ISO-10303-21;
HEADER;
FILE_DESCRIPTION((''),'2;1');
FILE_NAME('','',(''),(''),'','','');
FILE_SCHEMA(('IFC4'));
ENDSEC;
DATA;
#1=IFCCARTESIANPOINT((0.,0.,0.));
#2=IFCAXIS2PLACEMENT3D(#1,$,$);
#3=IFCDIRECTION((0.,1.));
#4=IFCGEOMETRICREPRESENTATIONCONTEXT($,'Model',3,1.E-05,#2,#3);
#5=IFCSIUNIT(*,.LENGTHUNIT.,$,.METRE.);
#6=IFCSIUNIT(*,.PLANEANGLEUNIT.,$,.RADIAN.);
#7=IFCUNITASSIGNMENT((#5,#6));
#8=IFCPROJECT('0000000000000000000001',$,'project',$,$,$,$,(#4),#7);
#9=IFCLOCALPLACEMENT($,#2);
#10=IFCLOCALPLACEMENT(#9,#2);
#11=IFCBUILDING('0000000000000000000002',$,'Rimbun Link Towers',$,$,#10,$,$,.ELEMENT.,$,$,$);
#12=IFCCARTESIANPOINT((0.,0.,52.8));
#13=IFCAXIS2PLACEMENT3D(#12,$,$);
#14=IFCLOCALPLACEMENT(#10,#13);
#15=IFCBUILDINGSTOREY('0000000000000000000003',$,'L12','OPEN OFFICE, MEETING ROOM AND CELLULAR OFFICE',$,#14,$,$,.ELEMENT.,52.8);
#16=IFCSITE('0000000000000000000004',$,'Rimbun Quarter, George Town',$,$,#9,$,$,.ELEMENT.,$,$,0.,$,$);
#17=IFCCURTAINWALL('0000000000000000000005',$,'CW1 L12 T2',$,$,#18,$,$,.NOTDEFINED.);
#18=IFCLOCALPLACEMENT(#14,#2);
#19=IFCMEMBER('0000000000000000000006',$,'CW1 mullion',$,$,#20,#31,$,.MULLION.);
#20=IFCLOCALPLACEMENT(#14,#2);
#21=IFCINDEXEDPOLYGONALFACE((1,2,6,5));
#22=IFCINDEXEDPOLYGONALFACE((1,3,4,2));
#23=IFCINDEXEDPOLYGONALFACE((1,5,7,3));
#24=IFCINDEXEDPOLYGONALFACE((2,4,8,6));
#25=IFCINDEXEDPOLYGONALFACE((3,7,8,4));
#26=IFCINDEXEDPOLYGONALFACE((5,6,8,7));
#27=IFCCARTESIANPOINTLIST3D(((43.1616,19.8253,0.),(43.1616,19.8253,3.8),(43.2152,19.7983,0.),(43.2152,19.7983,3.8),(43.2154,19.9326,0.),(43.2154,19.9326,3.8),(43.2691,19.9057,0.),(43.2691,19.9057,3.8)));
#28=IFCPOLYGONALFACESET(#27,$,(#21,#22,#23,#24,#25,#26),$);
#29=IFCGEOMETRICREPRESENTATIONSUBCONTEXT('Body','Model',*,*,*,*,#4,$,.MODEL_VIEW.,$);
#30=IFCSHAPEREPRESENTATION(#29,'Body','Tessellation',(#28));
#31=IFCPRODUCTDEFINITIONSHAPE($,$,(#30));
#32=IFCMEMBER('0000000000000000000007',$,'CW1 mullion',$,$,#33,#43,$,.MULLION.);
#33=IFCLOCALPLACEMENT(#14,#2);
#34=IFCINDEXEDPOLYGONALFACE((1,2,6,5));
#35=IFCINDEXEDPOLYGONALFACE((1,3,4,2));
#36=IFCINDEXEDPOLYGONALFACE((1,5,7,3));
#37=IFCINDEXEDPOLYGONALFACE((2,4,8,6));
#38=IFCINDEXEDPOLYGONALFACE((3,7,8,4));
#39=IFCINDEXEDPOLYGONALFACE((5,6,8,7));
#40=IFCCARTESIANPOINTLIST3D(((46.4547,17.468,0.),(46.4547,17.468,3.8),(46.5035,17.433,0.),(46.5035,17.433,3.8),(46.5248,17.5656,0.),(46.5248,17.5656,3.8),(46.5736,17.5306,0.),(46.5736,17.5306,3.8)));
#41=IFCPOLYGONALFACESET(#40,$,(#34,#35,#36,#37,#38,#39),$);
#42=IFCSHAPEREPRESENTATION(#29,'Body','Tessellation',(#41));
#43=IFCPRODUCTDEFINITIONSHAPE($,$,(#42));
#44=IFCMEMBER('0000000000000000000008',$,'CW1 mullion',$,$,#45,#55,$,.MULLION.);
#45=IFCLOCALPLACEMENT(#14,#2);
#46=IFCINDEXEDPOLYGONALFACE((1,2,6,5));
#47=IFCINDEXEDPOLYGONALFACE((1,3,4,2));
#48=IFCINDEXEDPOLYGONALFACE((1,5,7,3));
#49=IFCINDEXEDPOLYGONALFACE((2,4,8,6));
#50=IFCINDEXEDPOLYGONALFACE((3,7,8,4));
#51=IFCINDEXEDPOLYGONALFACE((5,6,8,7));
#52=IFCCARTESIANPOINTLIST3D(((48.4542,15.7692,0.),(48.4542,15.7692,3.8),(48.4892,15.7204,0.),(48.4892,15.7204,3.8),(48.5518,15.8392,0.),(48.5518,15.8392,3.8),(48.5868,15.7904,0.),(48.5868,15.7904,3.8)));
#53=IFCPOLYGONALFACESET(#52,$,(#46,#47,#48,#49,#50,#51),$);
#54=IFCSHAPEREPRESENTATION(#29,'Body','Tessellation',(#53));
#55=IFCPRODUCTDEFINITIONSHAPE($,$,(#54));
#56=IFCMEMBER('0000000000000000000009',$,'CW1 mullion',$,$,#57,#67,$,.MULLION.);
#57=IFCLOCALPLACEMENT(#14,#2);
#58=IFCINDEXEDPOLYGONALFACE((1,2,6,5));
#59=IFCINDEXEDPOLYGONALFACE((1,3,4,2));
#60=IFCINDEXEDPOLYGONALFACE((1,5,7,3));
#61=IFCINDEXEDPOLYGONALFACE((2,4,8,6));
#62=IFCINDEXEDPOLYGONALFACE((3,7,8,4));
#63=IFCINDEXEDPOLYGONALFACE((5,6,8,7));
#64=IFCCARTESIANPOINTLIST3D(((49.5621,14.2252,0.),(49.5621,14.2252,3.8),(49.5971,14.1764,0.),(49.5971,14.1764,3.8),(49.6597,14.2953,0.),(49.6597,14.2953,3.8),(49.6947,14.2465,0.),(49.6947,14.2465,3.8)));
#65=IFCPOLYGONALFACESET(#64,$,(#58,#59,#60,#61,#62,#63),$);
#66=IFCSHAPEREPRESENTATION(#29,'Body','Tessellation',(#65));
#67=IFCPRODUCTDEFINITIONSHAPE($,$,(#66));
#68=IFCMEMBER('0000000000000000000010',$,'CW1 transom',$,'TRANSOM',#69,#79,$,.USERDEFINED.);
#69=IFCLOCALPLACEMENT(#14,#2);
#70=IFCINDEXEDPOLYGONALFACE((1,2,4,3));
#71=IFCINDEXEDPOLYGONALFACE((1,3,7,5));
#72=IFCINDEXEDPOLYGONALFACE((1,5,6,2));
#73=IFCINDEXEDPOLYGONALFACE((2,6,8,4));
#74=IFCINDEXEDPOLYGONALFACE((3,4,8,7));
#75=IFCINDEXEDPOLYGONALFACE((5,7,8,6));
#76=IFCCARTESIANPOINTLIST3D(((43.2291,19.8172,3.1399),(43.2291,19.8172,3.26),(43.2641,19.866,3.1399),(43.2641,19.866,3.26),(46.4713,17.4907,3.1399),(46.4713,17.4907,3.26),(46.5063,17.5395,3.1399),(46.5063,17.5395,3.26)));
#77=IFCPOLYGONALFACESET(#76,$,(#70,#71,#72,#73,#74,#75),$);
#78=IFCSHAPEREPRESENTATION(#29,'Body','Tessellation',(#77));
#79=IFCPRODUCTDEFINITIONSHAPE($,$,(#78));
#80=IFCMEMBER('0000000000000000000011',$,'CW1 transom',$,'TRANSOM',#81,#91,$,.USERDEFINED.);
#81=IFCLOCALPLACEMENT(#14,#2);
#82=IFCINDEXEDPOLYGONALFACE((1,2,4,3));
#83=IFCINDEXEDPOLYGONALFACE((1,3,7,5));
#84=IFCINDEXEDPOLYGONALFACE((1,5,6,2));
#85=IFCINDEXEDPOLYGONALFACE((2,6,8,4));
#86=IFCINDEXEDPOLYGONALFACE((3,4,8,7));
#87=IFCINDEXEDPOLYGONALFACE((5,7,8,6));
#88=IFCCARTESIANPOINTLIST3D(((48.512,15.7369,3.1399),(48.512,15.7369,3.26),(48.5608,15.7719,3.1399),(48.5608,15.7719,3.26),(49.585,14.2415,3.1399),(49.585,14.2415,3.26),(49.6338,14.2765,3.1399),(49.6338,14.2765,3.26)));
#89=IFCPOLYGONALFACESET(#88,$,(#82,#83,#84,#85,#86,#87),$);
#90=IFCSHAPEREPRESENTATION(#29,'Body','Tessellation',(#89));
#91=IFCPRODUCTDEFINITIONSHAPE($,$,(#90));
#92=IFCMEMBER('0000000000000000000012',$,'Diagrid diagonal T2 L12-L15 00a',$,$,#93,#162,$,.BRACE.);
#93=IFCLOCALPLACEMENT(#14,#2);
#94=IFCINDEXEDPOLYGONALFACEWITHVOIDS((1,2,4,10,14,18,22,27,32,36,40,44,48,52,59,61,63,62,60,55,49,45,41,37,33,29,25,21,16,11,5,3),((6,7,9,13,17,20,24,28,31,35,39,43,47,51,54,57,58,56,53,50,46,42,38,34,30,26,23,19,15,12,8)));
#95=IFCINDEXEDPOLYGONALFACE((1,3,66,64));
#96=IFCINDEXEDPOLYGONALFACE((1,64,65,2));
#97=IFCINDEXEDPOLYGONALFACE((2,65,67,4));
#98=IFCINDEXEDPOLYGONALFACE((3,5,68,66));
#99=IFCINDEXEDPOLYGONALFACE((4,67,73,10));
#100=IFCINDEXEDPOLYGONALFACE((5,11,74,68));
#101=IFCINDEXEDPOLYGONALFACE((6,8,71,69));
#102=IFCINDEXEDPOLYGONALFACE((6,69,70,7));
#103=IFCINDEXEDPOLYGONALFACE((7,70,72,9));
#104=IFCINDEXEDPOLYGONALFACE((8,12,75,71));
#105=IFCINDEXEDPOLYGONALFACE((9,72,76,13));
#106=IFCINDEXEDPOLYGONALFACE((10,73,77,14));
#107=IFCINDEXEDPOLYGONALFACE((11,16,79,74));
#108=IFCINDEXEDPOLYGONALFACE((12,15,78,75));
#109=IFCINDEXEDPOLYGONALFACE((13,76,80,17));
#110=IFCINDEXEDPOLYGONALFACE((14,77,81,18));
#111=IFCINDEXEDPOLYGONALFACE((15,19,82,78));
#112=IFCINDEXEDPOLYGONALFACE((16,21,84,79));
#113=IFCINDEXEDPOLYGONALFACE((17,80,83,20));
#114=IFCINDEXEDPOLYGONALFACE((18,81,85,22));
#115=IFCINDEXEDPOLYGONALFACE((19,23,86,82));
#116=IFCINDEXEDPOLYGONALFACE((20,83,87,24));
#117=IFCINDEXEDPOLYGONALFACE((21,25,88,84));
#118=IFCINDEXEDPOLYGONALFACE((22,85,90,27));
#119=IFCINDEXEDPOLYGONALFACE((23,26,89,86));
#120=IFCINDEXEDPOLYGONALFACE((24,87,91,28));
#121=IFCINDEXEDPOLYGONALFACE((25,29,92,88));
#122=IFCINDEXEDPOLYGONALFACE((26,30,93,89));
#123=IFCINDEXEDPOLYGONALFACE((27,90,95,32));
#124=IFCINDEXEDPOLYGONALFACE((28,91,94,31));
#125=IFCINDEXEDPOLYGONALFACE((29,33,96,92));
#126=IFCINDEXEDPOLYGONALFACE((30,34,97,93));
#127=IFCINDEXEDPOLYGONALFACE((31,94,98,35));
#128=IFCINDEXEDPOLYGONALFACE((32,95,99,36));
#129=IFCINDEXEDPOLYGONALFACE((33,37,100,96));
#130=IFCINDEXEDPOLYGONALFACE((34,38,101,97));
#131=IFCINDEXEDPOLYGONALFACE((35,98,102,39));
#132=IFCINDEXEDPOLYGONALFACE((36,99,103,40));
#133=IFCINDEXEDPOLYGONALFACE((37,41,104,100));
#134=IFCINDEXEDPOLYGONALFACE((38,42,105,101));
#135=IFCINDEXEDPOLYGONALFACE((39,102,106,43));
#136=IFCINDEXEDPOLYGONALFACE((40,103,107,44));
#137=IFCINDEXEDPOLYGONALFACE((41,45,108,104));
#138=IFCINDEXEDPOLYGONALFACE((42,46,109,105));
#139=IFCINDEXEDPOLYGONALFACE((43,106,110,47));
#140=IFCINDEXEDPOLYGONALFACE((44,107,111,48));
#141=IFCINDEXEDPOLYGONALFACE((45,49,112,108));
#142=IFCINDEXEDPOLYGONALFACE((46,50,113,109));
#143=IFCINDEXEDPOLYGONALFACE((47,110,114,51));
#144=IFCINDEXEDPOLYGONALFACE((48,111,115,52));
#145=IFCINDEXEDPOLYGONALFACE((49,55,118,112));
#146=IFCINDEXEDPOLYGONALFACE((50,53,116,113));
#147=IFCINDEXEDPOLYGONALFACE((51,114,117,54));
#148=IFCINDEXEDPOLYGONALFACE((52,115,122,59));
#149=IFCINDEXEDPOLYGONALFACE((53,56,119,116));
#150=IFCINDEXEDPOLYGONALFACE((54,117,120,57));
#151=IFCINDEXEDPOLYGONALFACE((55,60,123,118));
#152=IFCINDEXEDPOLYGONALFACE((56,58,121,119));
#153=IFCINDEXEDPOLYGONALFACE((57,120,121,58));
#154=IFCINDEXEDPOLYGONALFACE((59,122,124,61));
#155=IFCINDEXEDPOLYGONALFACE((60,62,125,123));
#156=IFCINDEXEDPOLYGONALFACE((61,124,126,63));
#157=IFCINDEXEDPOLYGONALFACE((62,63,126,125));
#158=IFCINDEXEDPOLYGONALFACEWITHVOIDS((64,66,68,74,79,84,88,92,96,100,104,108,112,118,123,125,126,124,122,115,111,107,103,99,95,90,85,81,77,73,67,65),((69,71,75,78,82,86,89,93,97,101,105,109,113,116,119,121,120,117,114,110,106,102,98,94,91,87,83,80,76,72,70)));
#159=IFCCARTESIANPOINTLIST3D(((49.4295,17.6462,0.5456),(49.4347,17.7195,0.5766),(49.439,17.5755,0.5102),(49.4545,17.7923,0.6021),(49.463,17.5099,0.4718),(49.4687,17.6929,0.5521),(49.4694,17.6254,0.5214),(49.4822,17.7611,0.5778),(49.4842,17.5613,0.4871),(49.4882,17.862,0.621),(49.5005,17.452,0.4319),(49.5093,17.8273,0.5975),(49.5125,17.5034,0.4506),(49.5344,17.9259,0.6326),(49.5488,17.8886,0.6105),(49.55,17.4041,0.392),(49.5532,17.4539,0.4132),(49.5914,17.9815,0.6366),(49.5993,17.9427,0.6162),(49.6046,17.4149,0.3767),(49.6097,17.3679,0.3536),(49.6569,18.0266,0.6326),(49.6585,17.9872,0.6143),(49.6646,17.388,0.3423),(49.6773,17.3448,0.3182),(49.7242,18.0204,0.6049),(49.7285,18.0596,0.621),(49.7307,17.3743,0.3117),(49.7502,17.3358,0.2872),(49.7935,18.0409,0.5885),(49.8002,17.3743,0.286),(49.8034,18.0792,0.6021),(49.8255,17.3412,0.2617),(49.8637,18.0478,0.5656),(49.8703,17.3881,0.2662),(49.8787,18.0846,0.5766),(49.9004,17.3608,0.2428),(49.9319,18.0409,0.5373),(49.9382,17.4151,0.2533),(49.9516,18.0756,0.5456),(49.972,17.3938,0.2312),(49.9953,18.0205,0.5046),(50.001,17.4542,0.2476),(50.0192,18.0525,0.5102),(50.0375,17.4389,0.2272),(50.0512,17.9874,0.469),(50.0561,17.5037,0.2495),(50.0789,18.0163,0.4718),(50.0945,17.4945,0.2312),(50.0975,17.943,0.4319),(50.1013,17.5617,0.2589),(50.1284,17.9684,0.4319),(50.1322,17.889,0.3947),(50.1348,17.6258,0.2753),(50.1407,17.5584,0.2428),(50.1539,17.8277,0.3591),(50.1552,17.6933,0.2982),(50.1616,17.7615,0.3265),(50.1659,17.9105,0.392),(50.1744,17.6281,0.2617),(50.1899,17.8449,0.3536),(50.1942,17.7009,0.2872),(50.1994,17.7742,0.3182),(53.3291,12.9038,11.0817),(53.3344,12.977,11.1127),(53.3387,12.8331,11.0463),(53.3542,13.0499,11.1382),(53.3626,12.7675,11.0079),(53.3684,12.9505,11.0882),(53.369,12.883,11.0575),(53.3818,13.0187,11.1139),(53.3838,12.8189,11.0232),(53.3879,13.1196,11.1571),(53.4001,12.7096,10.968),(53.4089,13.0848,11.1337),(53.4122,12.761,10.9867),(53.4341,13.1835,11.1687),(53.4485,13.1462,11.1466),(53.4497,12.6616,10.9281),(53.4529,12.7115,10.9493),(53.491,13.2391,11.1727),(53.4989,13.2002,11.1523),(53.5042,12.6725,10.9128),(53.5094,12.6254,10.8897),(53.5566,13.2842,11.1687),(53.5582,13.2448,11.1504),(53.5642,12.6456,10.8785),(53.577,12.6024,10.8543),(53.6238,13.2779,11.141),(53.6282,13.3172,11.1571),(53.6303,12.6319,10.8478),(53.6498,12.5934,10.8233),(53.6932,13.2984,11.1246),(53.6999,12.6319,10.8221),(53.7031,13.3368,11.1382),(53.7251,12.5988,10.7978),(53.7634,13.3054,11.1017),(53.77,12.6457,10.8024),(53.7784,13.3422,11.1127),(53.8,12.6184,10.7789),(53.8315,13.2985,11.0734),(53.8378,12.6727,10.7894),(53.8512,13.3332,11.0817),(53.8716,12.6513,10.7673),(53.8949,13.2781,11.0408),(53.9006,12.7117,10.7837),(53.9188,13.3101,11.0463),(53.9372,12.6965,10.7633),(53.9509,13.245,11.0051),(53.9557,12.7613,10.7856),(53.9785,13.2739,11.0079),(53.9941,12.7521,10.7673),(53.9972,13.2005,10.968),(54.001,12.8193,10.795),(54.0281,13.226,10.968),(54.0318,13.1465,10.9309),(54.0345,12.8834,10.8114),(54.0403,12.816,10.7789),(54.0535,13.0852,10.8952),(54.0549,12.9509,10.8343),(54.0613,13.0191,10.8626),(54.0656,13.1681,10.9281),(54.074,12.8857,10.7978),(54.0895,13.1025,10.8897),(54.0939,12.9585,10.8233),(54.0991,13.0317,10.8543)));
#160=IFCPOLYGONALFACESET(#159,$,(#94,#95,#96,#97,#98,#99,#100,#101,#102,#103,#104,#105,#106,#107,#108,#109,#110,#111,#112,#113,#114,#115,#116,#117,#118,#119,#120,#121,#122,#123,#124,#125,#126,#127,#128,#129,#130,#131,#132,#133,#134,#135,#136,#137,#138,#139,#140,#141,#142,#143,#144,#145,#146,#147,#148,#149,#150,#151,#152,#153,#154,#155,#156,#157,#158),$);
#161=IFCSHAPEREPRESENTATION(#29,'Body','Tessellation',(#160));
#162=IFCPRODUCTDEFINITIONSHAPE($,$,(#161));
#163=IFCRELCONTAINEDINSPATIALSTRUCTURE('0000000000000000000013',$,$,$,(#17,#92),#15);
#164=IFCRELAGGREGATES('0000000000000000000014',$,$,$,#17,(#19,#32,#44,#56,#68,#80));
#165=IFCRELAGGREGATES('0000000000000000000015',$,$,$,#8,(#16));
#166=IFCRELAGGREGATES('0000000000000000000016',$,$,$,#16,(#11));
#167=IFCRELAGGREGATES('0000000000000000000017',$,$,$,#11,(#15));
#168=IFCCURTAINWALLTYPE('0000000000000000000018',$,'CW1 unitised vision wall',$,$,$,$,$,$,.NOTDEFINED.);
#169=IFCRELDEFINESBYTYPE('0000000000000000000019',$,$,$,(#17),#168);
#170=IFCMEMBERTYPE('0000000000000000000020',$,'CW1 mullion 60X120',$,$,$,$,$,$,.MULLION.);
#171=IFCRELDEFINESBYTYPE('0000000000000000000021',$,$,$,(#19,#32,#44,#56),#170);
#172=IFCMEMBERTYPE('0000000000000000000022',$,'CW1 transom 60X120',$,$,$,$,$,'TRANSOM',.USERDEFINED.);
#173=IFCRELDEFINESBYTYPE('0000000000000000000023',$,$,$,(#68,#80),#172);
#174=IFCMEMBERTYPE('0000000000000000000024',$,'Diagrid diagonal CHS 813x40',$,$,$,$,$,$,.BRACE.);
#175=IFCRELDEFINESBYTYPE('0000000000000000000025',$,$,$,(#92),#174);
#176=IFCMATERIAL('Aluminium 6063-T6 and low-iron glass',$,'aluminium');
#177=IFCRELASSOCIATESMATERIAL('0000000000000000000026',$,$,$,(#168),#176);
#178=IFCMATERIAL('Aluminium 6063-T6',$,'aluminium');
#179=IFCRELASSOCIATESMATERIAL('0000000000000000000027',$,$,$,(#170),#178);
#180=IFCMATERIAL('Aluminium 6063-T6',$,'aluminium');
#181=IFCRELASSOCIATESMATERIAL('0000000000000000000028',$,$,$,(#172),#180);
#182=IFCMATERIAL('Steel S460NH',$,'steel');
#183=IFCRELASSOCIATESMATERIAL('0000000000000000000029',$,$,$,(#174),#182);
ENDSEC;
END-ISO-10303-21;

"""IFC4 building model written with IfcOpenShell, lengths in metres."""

from ifc_helpers import new_model, si_unit, direction, frame, origin, origin_2d, place, context, subcontext, project, spatial, rectangle, hollow_circle, extrude, material, material_profile, profile_set, type_object, element, aggregate, save


model = new_model("IFC4")

# Units and contexts
model_context = context("Model", 3, precision=1e-05, world=origin(), true_north=direction((0.0, 1.0)))
body_context = subcontext(model_context, "Body", "Model", "MODEL_VIEW")
ifc_project = project(units=[si_unit("LENGTHUNIT", "METRE"), si_unit("PLANEANGLEUNIT", "RADIAN")], contexts=[model_context])

# Site, building, storey
site_placement = place(None, origin())
site = spatial("IfcSite", under=ifc_project, at=site_placement, Name="Rimbun Quarter, George Town", CompositionType="ELEMENT", RefElevation=0.0)
building_placement = place(site_placement, origin())
building = spatial("IfcBuilding", under=site, at=building_placement, Name="Rimbun Link Towers", CompositionType="ELEMENT")
storey_placement = place(building_placement, frame((0.0, 0.0, 52.8)))
storey = spatial("IfcBuildingStorey", under=building, at=storey_placement, Name="L12", Description="OPEN OFFICE, MEETING ROOM AND CELLULAR OFFICE", CompositionType="ELEMENT", Elevation=52.8)

# Curtain wall, members
ifc_material_1 = material(Name="Aluminium 6063-T6 and low-iron glass", Category="aluminium")
curtain_wall_type = type_object("IfcCurtainWallType", Name="CW1 unitised vision wall", PredefinedType="NOTDEFINED", material=ifc_material_1)
curtain_wall_placement = place(storey_placement, origin())
curtain_wall = element("IfcCurtainWall", 1, at=curtain_wall_placement, inside=storey, type_object=curtain_wall_type, Name="CW1 L12 T2", PredefinedType="NOTDEFINED")
ifc_material_2 = material(Name="Aluminium 6063-T6", Category="aluminium")
ifc_material_profile_1 = material_profile(ifc_material_2, rectangle(XDim=0.1201, YDim=0.0601, at=origin_2d()), Name="MULLION 60X120")
ifc_profile_set_1 = profile_set([ifc_material_profile_1], Name="Aluminium 6063-T6")
member_type_1 = type_object("IfcMemberType", Name="CW1 mullion 60X120", PredefinedType="MULLION", material=ifc_profile_set_1)
member_1_placement = place(storey_placement, frame((43.2153, 19.8655, 0.0), z_axis=(0.0, 0.0, 1.0), x_axis=(0.448574, 0.893746, 0.0)))
member_1 = element("IfcMember", 2, at=member_1_placement, type_object=member_type_1, Name="CW1 mullion", PredefinedType="MULLION", context=body_context, shape_type="SweptSolid", body=[
    extrude(rectangle(XDim=0.1201, YDim=0.0601, at=origin_2d()), origin(), (0.0, 0.0, 1.0), 3.8),
])
member_2_placement = place(storey_placement, frame((46.5142, 17.4993, 0.0), z_axis=(0.0, 0.0, 1.0), x_axis=(0.583004, 0.812469, 0.0)))
member_2 = element("IfcMember", 3, at=member_2_placement, type_object=member_type_1, Name="CW1 mullion", PredefinedType="MULLION", context=body_context, shape_type="SweptSolid", body=[
    extrude(rectangle(XDim=0.1201, YDim=0.0601, at=origin_2d()), origin(), (0.0, 0.0, 1.0), 3.8),
])
member_3_placement = place(storey_placement, frame((48.5205, 15.7798, 0.0), z_axis=(0.0, 0.0, 1.0), x_axis=(0.812469, 0.583004, 0.0)))
member_3 = element("IfcMember", 4, at=member_3_placement, type_object=member_type_1, Name="CW1 mullion", PredefinedType="MULLION", context=body_context, shape_type="SweptSolid", body=[
    extrude(rectangle(XDim=0.1201, YDim=0.0601, at=origin_2d()), origin(), (0.0, 0.0, 1.0), 3.8),
])
member_4_placement = place(storey_placement, frame((49.6284, 14.2358, 0.0), z_axis=(0.0, 0.0, 1.0), x_axis=(0.812469, 0.583004, 0.0)))
member_4 = element("IfcMember", 5, at=member_4_placement, type_object=member_type_1, Name="CW1 mullion", PredefinedType="MULLION", context=body_context, shape_type="SweptSolid", body=[
    extrude(rectangle(XDim=0.1201, YDim=0.0601, at=origin_2d()), origin(), (0.0, 0.0, 1.0), 3.8),
])
ifc_material_3 = material(Name="Aluminium 6063-T6", Category="aluminium")
ifc_material_profile_2 = material_profile(ifc_material_3, rectangle(XDim=0.0601, YDim=0.1201, at=origin_2d()), Name="TRANSOM 60X120")
ifc_profile_set_2 = profile_set([ifc_material_profile_2], Name="Aluminium 6063-T6")
member_type_2 = type_object("IfcMemberType", Name="CW1 transom 60X120", ElementType="TRANSOM", PredefinedType="USERDEFINED", material=ifc_profile_set_2)
member_5_placement = place(storey_placement, frame((43.2466, 19.8416, 3.2), z_axis=(0.812479, -0.58299, 0.0), x_axis=(0.58299, 0.812479, 0.0)))
member_5 = element("IfcMember", 6, at=member_5_placement, type_object=member_type_2, Name="CW1 transom", ObjectType="TRANSOM", PredefinedType="USERDEFINED", context=body_context, shape_type="SweptSolid", body=[
    extrude(rectangle(XDim=0.0601, YDim=0.1201, at=origin_2d()), origin(), (0.0, 0.0, 1.0), 3.9905),
])
member_6_placement = place(storey_placement, frame((48.5364, 15.7544, 3.2), z_axis=(0.582994, -0.812477, 0.0), x_axis=(0.812477, 0.582994, 0.0)))
member_6 = element("IfcMember", 7, at=member_6_placement, type_object=member_type_2, Name="CW1 transom", ObjectType="TRANSOM", PredefinedType="USERDEFINED", context=body_context, shape_type="SweptSolid", body=[
    extrude(rectangle(XDim=0.0601, YDim=0.1201, at=origin_2d()), origin(), (0.0, 0.0, 1.0), 1.8406),
])

# Member
ifc_material_4 = material(Name="Steel S460NH", Category="steel")
ifc_material_profile_3 = material_profile(ifc_material_4, hollow_circle(Radius=0.4065, WallThickness=0.04, at=origin_2d()), Name="Diagrid diagonal CHS 813x40")
ifc_profile_set_3 = profile_set([ifc_material_profile_3], Name="Steel S460NH")
member_type_3 = type_object("IfcMemberType", Name="Diagrid diagonal CHS 813x40", PredefinedType="BRACE", material=ifc_profile_set_3)
for number, where, z_axis, x_axis, name in (
    (8, (49.8145, 17.7102, 0.4319), (0.319786, -0.388896, 0.864), (0.772399, 0.635137, 0.0), "Diagrid diagonal T2 L12-L15 00a"),
):
    element("IfcMember", number, at=place(storey_placement, frame(where, z_axis=z_axis, x_axis=x_axis)), inside=storey, type_object=member_type_3, Name=name, PredefinedType="BRACE", context=body_context, shape_type="SweptSolid", body=[
        extrude(hollow_circle(Radius=0.4065, WallThickness=0.04, at=origin_2d()), origin(), (0.0, 0.0, 1.0), 12.1946),
    ])

aggregate(curtain_wall, [member_1, member_2, member_3, member_4, member_5, member_6])

save(model, "model.ifc")
